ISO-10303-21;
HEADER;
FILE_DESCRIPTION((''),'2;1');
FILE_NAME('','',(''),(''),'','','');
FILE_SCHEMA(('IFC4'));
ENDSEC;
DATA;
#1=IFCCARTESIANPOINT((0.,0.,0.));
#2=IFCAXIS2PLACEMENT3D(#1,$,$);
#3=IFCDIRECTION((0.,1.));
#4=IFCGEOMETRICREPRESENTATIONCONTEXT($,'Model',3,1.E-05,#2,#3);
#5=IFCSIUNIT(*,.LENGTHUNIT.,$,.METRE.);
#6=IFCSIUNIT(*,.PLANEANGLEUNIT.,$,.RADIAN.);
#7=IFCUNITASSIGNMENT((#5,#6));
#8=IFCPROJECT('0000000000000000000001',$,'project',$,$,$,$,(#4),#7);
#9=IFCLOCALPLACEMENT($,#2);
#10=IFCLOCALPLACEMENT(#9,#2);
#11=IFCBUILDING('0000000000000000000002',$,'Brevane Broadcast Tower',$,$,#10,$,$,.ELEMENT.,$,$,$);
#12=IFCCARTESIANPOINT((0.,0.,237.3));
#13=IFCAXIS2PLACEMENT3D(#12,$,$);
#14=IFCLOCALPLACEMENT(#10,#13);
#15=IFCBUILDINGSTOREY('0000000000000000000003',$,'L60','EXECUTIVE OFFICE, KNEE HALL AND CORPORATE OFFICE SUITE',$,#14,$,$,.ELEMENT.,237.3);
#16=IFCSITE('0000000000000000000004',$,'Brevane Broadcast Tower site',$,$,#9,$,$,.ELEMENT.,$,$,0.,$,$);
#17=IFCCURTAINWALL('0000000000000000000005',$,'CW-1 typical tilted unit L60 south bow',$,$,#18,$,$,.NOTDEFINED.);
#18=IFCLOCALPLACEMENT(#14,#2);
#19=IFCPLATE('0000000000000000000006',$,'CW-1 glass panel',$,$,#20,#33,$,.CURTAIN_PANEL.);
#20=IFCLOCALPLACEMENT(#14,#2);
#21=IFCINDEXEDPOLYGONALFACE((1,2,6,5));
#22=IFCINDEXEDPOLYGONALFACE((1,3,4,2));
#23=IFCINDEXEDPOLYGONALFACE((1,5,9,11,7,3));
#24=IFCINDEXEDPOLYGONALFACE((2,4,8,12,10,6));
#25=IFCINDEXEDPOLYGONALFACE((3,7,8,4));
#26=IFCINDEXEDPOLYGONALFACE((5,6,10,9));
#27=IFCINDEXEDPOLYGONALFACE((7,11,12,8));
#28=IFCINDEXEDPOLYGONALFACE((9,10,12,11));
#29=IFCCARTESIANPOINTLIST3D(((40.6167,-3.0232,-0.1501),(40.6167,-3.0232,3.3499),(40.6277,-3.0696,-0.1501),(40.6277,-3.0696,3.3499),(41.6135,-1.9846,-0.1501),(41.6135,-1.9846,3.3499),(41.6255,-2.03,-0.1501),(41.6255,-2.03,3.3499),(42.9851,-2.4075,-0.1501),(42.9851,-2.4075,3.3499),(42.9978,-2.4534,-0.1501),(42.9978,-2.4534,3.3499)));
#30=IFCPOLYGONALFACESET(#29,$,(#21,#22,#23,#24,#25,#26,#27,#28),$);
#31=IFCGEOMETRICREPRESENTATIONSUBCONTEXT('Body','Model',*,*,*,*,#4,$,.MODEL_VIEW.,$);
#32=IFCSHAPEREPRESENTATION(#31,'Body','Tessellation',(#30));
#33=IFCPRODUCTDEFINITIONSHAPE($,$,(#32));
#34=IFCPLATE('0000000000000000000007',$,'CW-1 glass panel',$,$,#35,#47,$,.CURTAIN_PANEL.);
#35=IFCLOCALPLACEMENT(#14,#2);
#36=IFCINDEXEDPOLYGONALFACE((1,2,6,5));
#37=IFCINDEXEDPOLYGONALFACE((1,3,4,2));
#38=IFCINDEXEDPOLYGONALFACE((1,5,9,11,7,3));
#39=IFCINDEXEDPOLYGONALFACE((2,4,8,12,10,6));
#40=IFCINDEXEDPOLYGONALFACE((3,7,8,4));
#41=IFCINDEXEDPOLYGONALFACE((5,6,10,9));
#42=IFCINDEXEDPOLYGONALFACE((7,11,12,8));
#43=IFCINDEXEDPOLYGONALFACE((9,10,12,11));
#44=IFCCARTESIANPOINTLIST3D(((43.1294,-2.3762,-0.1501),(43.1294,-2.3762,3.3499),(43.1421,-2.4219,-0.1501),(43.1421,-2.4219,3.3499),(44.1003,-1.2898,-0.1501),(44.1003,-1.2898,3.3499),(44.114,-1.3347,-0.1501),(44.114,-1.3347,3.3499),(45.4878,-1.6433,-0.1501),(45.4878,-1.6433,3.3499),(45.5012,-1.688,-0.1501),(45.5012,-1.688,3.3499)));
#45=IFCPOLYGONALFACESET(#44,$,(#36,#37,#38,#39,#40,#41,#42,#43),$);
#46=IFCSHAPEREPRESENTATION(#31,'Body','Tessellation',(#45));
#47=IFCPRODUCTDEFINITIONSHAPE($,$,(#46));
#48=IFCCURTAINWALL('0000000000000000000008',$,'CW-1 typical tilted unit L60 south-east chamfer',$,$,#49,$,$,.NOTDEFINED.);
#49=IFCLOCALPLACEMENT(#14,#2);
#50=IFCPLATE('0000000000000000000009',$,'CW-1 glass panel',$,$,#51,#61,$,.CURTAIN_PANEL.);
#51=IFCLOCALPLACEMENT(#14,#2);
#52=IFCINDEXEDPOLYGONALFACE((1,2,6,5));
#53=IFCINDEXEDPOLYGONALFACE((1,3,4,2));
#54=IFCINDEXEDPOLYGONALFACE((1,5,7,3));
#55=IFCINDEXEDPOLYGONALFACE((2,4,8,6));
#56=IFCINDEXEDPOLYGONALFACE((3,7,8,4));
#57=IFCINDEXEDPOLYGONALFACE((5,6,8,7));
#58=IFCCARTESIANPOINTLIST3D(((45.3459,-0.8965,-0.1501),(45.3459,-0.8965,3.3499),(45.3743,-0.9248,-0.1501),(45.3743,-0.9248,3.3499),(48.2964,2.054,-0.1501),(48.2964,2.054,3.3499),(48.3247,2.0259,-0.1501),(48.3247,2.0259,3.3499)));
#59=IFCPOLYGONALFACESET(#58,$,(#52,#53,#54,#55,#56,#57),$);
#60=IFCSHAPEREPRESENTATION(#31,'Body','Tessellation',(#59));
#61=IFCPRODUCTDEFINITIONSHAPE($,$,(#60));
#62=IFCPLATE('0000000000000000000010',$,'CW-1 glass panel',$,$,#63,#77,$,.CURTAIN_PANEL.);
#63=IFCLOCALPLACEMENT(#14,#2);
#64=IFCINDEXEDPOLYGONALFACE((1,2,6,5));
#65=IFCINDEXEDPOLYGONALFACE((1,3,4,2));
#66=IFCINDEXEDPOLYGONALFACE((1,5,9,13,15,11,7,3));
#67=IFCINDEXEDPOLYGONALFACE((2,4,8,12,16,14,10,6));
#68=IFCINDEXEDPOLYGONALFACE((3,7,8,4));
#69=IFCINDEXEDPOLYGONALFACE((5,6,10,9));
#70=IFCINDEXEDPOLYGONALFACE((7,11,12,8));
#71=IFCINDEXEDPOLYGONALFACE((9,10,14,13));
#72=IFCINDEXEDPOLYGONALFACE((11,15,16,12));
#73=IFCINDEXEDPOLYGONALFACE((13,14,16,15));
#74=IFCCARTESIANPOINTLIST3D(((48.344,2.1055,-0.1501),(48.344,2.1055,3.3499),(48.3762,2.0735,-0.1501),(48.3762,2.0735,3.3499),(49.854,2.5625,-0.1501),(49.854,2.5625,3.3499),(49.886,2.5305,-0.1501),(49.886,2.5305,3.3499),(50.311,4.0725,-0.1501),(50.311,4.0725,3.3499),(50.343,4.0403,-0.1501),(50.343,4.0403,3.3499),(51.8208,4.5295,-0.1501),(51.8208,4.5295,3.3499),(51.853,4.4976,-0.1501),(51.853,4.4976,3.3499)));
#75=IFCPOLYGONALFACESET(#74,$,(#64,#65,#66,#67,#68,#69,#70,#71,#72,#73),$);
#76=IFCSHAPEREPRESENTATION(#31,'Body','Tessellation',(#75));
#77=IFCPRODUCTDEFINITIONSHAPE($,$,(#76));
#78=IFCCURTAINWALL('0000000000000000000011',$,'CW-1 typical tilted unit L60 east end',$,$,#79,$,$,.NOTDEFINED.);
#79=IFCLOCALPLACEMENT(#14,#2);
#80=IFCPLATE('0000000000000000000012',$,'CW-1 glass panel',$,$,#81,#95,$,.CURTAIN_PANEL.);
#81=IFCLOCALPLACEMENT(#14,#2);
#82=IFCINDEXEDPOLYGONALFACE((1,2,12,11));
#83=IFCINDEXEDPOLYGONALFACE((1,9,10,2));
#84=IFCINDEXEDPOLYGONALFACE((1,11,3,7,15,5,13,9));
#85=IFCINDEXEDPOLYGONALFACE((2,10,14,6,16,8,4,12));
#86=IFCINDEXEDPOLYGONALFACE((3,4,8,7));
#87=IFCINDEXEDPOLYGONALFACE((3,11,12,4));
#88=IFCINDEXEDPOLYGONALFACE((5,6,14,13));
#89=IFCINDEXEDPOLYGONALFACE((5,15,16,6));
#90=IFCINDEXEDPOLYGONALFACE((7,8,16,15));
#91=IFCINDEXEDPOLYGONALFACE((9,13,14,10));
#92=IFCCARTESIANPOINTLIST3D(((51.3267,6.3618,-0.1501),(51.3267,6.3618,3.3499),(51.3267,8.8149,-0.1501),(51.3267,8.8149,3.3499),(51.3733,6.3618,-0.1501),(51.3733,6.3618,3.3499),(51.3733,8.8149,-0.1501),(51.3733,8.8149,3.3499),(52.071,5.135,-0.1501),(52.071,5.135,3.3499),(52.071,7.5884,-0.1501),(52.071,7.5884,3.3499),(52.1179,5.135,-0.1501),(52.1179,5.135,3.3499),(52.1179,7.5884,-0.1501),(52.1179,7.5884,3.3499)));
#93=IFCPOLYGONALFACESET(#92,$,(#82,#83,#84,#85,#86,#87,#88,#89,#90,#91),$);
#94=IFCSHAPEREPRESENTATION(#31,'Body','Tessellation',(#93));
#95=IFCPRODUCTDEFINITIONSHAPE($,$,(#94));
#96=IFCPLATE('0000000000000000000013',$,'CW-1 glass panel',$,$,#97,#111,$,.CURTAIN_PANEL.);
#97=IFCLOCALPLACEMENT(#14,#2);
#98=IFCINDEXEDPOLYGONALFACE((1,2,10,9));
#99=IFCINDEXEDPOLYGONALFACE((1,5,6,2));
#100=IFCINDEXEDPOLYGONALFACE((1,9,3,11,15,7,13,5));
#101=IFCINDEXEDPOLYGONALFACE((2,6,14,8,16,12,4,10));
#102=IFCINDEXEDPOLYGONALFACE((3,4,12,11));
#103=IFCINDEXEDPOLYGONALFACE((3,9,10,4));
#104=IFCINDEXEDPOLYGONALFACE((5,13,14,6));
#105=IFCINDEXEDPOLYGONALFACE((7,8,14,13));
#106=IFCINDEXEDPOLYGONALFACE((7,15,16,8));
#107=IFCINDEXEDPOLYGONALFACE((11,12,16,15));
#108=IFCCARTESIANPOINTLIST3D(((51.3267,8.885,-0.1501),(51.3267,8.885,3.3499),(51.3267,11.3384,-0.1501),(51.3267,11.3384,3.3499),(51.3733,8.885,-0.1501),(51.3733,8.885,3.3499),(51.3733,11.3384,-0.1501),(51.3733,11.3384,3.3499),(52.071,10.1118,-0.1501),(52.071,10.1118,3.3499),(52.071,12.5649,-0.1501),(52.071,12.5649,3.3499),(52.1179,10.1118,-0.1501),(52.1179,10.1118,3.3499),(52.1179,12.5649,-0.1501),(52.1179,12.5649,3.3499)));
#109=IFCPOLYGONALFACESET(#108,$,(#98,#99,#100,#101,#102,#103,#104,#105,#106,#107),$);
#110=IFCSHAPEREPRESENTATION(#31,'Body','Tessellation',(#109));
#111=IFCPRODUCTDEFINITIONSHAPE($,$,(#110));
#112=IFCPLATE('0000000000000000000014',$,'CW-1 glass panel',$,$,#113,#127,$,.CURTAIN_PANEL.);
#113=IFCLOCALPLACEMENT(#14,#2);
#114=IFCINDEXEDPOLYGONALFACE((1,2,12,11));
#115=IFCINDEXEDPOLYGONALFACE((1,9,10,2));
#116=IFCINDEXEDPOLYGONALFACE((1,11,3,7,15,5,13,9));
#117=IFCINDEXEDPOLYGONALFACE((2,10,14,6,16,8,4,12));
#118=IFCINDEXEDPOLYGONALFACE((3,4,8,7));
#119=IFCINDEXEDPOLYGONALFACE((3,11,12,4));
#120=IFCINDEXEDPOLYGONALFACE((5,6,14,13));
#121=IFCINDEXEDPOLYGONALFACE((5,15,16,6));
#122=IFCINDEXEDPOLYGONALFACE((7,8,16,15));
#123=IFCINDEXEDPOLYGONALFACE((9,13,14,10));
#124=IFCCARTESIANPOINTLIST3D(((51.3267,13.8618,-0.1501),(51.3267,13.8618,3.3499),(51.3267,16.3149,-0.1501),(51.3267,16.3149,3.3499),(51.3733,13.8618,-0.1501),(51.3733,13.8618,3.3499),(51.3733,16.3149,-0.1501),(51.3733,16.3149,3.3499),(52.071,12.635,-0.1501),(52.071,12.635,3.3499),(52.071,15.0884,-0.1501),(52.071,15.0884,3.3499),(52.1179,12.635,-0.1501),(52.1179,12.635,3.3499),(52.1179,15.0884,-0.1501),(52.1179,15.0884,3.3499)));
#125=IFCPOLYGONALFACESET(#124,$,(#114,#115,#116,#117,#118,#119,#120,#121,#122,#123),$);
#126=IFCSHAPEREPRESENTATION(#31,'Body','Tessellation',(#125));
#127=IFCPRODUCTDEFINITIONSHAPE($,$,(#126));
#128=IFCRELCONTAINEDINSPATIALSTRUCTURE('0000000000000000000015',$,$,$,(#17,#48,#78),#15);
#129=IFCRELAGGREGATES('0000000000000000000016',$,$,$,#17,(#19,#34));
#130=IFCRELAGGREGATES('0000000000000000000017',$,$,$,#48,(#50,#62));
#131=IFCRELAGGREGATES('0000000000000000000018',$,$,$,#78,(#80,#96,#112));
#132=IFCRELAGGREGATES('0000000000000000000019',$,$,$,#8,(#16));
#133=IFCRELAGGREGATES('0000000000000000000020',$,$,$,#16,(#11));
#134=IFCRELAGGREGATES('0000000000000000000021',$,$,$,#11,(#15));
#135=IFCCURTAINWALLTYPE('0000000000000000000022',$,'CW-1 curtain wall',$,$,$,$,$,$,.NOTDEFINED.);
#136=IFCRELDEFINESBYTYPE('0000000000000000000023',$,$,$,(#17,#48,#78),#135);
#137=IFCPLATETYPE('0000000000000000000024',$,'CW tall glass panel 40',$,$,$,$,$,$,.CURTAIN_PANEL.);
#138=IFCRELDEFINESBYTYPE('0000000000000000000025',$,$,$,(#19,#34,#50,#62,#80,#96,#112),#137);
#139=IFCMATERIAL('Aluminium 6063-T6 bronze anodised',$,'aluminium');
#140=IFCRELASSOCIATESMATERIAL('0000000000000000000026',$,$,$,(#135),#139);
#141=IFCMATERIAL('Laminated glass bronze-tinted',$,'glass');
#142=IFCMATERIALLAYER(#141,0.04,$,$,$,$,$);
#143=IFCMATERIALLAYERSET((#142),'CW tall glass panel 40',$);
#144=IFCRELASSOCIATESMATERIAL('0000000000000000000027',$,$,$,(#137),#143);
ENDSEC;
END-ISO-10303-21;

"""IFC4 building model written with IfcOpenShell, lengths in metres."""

from ifc_helpers import new_model, si_unit, direction, frame, origin, place, context, subcontext, project, spatial, polyline, outline, extrude, material, layer, layer_set, type_object, element, aggregate, save


model = new_model("IFC4")

# Units and contexts
model_context = context("Model", 3, precision=1e-05, world=origin(), true_north=direction((0.0, 1.0)))
body_context = subcontext(model_context, "Body", "Model", "MODEL_VIEW")
ifc_project = project(units=[si_unit("LENGTHUNIT", "METRE"), si_unit("PLANEANGLEUNIT", "RADIAN")], contexts=[model_context])

# Site, building, storey
site_placement = place(None, origin())
site = spatial("IfcSite", under=ifc_project, at=site_placement, Name="Brevane Broadcast Tower site", CompositionType="ELEMENT", RefElevation=0.0)
building_placement = place(site_placement, origin())
building = spatial("IfcBuilding", under=site, at=building_placement, Name="Brevane Broadcast Tower", CompositionType="ELEMENT")
storey_placement = place(building_placement, frame((0.0, 0.0, 237.3)))
storey = spatial("IfcBuildingStorey", under=building, at=storey_placement, Name="L60", Description="EXECUTIVE OFFICE, KNEE HALL AND CORPORATE OFFICE SUITE", CompositionType="ELEMENT", Elevation=237.3)

# Curtain walls, plates
ifc_material_1 = material(Name="Aluminium 6063-T6 bronze anodised", Category="aluminium")
curtain_wall_type = type_object("IfcCurtainWallType", Name="CW-1 curtain wall", PredefinedType="NOTDEFINED", material=ifc_material_1)
curtain_wall_1_placement = place(storey_placement, origin())
curtain_wall_1 = element("IfcCurtainWall", 1, at=curtain_wall_1_placement, inside=storey, type_object=curtain_wall_type, Name="CW-1 typical tilted unit L60 south bow", PredefinedType="NOTDEFINED")
ifc_material_2 = material(Name="Laminated glass bronze-tinted", Category="glass")
ifc_layer = layer(ifc_material_2, 0.04)
ifc_layer_set = layer_set([ifc_layer], Name="CW tall glass panel 40")
plate_type = type_object("IfcPlateType", Name="CW tall glass panel 40", PredefinedType="CURTAIN_PANEL", material=ifc_layer_set)
plate_1_placement = place(storey_placement, frame((0.0, 0.0, -0.1501)))
plate_1 = element("IfcPlate", 2, at=plate_1_placement, type_object=plate_type, Name="CW-1 glass panel", PredefinedType="CURTAIN_PANEL", context=body_context, shape_type="SweptSolid", body=[
    extrude(outline(polyline([(40.6167, -3.0232), (40.6277, -3.0696), (41.6255, -2.03), (42.9978, -2.4534), (42.9851, -2.4075), (41.6135, -1.9846), (40.6167, -3.0232)])), origin(), (0.0, 0.0, 1.0), 3.5),
])
plate_2_placement = place(storey_placement, frame((0.0, 0.0, -0.1501)))
plate_2 = element("IfcPlate", 3, at=plate_2_placement, type_object=plate_type, Name="CW-1 glass panel", PredefinedType="CURTAIN_PANEL", context=body_context, shape_type="SweptSolid", body=[
    extrude(outline(polyline([(43.1294, -2.3762), (43.1421, -2.4219), (44.114, -1.3347), (45.5012, -1.688), (45.4878, -1.6433), (44.1003, -1.2898), (43.1294, -2.3762)])), origin(), (0.0, 0.0, 1.0), 3.5),
])
aggregate(curtain_wall_1, [plate_1, plate_2])
curtain_wall_2_placement = place(storey_placement, origin())
curtain_wall_2 = element("IfcCurtainWall", 4, at=curtain_wall_2_placement, inside=storey, type_object=curtain_wall_type, Name="CW-1 typical tilted unit L60 south-east chamfer", PredefinedType="NOTDEFINED")
plate_3_placement = place(storey_placement, frame((0.0, 0.0, -0.1501)))
plate_3 = element("IfcPlate", 5, at=plate_3_placement, type_object=plate_type, Name="CW-1 glass panel", PredefinedType="CURTAIN_PANEL", context=body_context, shape_type="SweptSolid", body=[
    extrude(outline(polyline([(45.3459, -0.8965), (48.2964, 2.054), (48.3247, 2.0259), (45.3743, -0.9248), (45.3459, -0.8965)])), origin(), (0.0, 0.0, 1.0), 3.5),
])
plate_4_placement = place(storey_placement, frame((0.0, 0.0, -0.1501)))
plate_4 = element("IfcPlate", 6, at=plate_4_placement, type_object=plate_type, Name="CW-1 glass panel", PredefinedType="CURTAIN_PANEL", context=body_context, shape_type="SweptSolid", body=[
    extrude(outline(polyline([(48.344, 2.1055), (48.3762, 2.0735), (49.886, 2.5305), (50.343, 4.0403), (51.853, 4.4976), (51.8208, 4.5295), (50.311, 4.0725), (49.854, 2.5625), (48.344, 2.1055)])), origin(), (0.0, 0.0, 1.0), 3.5),
])
aggregate(curtain_wall_2, [plate_3, plate_4])
curtain_wall_3_placement = place(storey_placement, origin())
curtain_wall_3 = element("IfcCurtainWall", 7, at=curtain_wall_3_placement, inside=storey, type_object=curtain_wall_type, Name="CW-1 typical tilted unit L60 east end", PredefinedType="NOTDEFINED")
plate_5_placement = place(storey_placement, frame((0.0, 0.0, -0.1501)))
plate_5 = element("IfcPlate", 8, at=plate_5_placement, type_object=plate_type, Name="CW-1 glass panel", PredefinedType="CURTAIN_PANEL", context=body_context, shape_type="SweptSolid", body=[
    extrude(outline(polyline([(52.071, 5.135), (52.1179, 5.135), (51.3733, 6.3618), (52.1179, 7.5884), (51.3733, 8.8149), (51.3267, 8.8149), (52.071, 7.5884), (51.3267, 6.3618), (52.071, 5.135)])), origin(), (0.0, 0.0, 1.0), 3.5),
])
plate_6_placement = place(storey_placement, frame((0.0, 0.0, -0.1501)))
plate_6 = element("IfcPlate", 9, at=plate_6_placement, type_object=plate_type, Name="CW-1 glass panel", PredefinedType="CURTAIN_PANEL", context=body_context, shape_type="SweptSolid", body=[
    extrude(outline(polyline([(51.3267, 8.885), (51.3733, 8.885), (52.1179, 10.1118), (51.3733, 11.3384), (52.1179, 12.5649), (52.071, 12.5649), (51.3267, 11.3384), (52.071, 10.1118), (51.3267, 8.885)])), origin(), (0.0, 0.0, 1.0), 3.5),
])
plate_7_placement = place(storey_placement, frame((0.0, 0.0, -0.1501)))
plate_7 = element("IfcPlate", 10, at=plate_7_placement, type_object=plate_type, Name="CW-1 glass panel", PredefinedType="CURTAIN_PANEL", context=body_context, shape_type="SweptSolid", body=[
    extrude(outline(polyline([(52.071, 12.635), (52.1179, 12.635), (51.3733, 13.8618), (52.1179, 15.0884), (51.3733, 16.3149), (51.3267, 16.3149), (52.071, 15.0884), (51.3267, 13.8618), (52.071, 12.635)])), origin(), (0.0, 0.0, 1.0), 3.5),
])
aggregate(curtain_wall_3, [plate_5, plate_6, plate_7])

save(model, "model.ifc")
